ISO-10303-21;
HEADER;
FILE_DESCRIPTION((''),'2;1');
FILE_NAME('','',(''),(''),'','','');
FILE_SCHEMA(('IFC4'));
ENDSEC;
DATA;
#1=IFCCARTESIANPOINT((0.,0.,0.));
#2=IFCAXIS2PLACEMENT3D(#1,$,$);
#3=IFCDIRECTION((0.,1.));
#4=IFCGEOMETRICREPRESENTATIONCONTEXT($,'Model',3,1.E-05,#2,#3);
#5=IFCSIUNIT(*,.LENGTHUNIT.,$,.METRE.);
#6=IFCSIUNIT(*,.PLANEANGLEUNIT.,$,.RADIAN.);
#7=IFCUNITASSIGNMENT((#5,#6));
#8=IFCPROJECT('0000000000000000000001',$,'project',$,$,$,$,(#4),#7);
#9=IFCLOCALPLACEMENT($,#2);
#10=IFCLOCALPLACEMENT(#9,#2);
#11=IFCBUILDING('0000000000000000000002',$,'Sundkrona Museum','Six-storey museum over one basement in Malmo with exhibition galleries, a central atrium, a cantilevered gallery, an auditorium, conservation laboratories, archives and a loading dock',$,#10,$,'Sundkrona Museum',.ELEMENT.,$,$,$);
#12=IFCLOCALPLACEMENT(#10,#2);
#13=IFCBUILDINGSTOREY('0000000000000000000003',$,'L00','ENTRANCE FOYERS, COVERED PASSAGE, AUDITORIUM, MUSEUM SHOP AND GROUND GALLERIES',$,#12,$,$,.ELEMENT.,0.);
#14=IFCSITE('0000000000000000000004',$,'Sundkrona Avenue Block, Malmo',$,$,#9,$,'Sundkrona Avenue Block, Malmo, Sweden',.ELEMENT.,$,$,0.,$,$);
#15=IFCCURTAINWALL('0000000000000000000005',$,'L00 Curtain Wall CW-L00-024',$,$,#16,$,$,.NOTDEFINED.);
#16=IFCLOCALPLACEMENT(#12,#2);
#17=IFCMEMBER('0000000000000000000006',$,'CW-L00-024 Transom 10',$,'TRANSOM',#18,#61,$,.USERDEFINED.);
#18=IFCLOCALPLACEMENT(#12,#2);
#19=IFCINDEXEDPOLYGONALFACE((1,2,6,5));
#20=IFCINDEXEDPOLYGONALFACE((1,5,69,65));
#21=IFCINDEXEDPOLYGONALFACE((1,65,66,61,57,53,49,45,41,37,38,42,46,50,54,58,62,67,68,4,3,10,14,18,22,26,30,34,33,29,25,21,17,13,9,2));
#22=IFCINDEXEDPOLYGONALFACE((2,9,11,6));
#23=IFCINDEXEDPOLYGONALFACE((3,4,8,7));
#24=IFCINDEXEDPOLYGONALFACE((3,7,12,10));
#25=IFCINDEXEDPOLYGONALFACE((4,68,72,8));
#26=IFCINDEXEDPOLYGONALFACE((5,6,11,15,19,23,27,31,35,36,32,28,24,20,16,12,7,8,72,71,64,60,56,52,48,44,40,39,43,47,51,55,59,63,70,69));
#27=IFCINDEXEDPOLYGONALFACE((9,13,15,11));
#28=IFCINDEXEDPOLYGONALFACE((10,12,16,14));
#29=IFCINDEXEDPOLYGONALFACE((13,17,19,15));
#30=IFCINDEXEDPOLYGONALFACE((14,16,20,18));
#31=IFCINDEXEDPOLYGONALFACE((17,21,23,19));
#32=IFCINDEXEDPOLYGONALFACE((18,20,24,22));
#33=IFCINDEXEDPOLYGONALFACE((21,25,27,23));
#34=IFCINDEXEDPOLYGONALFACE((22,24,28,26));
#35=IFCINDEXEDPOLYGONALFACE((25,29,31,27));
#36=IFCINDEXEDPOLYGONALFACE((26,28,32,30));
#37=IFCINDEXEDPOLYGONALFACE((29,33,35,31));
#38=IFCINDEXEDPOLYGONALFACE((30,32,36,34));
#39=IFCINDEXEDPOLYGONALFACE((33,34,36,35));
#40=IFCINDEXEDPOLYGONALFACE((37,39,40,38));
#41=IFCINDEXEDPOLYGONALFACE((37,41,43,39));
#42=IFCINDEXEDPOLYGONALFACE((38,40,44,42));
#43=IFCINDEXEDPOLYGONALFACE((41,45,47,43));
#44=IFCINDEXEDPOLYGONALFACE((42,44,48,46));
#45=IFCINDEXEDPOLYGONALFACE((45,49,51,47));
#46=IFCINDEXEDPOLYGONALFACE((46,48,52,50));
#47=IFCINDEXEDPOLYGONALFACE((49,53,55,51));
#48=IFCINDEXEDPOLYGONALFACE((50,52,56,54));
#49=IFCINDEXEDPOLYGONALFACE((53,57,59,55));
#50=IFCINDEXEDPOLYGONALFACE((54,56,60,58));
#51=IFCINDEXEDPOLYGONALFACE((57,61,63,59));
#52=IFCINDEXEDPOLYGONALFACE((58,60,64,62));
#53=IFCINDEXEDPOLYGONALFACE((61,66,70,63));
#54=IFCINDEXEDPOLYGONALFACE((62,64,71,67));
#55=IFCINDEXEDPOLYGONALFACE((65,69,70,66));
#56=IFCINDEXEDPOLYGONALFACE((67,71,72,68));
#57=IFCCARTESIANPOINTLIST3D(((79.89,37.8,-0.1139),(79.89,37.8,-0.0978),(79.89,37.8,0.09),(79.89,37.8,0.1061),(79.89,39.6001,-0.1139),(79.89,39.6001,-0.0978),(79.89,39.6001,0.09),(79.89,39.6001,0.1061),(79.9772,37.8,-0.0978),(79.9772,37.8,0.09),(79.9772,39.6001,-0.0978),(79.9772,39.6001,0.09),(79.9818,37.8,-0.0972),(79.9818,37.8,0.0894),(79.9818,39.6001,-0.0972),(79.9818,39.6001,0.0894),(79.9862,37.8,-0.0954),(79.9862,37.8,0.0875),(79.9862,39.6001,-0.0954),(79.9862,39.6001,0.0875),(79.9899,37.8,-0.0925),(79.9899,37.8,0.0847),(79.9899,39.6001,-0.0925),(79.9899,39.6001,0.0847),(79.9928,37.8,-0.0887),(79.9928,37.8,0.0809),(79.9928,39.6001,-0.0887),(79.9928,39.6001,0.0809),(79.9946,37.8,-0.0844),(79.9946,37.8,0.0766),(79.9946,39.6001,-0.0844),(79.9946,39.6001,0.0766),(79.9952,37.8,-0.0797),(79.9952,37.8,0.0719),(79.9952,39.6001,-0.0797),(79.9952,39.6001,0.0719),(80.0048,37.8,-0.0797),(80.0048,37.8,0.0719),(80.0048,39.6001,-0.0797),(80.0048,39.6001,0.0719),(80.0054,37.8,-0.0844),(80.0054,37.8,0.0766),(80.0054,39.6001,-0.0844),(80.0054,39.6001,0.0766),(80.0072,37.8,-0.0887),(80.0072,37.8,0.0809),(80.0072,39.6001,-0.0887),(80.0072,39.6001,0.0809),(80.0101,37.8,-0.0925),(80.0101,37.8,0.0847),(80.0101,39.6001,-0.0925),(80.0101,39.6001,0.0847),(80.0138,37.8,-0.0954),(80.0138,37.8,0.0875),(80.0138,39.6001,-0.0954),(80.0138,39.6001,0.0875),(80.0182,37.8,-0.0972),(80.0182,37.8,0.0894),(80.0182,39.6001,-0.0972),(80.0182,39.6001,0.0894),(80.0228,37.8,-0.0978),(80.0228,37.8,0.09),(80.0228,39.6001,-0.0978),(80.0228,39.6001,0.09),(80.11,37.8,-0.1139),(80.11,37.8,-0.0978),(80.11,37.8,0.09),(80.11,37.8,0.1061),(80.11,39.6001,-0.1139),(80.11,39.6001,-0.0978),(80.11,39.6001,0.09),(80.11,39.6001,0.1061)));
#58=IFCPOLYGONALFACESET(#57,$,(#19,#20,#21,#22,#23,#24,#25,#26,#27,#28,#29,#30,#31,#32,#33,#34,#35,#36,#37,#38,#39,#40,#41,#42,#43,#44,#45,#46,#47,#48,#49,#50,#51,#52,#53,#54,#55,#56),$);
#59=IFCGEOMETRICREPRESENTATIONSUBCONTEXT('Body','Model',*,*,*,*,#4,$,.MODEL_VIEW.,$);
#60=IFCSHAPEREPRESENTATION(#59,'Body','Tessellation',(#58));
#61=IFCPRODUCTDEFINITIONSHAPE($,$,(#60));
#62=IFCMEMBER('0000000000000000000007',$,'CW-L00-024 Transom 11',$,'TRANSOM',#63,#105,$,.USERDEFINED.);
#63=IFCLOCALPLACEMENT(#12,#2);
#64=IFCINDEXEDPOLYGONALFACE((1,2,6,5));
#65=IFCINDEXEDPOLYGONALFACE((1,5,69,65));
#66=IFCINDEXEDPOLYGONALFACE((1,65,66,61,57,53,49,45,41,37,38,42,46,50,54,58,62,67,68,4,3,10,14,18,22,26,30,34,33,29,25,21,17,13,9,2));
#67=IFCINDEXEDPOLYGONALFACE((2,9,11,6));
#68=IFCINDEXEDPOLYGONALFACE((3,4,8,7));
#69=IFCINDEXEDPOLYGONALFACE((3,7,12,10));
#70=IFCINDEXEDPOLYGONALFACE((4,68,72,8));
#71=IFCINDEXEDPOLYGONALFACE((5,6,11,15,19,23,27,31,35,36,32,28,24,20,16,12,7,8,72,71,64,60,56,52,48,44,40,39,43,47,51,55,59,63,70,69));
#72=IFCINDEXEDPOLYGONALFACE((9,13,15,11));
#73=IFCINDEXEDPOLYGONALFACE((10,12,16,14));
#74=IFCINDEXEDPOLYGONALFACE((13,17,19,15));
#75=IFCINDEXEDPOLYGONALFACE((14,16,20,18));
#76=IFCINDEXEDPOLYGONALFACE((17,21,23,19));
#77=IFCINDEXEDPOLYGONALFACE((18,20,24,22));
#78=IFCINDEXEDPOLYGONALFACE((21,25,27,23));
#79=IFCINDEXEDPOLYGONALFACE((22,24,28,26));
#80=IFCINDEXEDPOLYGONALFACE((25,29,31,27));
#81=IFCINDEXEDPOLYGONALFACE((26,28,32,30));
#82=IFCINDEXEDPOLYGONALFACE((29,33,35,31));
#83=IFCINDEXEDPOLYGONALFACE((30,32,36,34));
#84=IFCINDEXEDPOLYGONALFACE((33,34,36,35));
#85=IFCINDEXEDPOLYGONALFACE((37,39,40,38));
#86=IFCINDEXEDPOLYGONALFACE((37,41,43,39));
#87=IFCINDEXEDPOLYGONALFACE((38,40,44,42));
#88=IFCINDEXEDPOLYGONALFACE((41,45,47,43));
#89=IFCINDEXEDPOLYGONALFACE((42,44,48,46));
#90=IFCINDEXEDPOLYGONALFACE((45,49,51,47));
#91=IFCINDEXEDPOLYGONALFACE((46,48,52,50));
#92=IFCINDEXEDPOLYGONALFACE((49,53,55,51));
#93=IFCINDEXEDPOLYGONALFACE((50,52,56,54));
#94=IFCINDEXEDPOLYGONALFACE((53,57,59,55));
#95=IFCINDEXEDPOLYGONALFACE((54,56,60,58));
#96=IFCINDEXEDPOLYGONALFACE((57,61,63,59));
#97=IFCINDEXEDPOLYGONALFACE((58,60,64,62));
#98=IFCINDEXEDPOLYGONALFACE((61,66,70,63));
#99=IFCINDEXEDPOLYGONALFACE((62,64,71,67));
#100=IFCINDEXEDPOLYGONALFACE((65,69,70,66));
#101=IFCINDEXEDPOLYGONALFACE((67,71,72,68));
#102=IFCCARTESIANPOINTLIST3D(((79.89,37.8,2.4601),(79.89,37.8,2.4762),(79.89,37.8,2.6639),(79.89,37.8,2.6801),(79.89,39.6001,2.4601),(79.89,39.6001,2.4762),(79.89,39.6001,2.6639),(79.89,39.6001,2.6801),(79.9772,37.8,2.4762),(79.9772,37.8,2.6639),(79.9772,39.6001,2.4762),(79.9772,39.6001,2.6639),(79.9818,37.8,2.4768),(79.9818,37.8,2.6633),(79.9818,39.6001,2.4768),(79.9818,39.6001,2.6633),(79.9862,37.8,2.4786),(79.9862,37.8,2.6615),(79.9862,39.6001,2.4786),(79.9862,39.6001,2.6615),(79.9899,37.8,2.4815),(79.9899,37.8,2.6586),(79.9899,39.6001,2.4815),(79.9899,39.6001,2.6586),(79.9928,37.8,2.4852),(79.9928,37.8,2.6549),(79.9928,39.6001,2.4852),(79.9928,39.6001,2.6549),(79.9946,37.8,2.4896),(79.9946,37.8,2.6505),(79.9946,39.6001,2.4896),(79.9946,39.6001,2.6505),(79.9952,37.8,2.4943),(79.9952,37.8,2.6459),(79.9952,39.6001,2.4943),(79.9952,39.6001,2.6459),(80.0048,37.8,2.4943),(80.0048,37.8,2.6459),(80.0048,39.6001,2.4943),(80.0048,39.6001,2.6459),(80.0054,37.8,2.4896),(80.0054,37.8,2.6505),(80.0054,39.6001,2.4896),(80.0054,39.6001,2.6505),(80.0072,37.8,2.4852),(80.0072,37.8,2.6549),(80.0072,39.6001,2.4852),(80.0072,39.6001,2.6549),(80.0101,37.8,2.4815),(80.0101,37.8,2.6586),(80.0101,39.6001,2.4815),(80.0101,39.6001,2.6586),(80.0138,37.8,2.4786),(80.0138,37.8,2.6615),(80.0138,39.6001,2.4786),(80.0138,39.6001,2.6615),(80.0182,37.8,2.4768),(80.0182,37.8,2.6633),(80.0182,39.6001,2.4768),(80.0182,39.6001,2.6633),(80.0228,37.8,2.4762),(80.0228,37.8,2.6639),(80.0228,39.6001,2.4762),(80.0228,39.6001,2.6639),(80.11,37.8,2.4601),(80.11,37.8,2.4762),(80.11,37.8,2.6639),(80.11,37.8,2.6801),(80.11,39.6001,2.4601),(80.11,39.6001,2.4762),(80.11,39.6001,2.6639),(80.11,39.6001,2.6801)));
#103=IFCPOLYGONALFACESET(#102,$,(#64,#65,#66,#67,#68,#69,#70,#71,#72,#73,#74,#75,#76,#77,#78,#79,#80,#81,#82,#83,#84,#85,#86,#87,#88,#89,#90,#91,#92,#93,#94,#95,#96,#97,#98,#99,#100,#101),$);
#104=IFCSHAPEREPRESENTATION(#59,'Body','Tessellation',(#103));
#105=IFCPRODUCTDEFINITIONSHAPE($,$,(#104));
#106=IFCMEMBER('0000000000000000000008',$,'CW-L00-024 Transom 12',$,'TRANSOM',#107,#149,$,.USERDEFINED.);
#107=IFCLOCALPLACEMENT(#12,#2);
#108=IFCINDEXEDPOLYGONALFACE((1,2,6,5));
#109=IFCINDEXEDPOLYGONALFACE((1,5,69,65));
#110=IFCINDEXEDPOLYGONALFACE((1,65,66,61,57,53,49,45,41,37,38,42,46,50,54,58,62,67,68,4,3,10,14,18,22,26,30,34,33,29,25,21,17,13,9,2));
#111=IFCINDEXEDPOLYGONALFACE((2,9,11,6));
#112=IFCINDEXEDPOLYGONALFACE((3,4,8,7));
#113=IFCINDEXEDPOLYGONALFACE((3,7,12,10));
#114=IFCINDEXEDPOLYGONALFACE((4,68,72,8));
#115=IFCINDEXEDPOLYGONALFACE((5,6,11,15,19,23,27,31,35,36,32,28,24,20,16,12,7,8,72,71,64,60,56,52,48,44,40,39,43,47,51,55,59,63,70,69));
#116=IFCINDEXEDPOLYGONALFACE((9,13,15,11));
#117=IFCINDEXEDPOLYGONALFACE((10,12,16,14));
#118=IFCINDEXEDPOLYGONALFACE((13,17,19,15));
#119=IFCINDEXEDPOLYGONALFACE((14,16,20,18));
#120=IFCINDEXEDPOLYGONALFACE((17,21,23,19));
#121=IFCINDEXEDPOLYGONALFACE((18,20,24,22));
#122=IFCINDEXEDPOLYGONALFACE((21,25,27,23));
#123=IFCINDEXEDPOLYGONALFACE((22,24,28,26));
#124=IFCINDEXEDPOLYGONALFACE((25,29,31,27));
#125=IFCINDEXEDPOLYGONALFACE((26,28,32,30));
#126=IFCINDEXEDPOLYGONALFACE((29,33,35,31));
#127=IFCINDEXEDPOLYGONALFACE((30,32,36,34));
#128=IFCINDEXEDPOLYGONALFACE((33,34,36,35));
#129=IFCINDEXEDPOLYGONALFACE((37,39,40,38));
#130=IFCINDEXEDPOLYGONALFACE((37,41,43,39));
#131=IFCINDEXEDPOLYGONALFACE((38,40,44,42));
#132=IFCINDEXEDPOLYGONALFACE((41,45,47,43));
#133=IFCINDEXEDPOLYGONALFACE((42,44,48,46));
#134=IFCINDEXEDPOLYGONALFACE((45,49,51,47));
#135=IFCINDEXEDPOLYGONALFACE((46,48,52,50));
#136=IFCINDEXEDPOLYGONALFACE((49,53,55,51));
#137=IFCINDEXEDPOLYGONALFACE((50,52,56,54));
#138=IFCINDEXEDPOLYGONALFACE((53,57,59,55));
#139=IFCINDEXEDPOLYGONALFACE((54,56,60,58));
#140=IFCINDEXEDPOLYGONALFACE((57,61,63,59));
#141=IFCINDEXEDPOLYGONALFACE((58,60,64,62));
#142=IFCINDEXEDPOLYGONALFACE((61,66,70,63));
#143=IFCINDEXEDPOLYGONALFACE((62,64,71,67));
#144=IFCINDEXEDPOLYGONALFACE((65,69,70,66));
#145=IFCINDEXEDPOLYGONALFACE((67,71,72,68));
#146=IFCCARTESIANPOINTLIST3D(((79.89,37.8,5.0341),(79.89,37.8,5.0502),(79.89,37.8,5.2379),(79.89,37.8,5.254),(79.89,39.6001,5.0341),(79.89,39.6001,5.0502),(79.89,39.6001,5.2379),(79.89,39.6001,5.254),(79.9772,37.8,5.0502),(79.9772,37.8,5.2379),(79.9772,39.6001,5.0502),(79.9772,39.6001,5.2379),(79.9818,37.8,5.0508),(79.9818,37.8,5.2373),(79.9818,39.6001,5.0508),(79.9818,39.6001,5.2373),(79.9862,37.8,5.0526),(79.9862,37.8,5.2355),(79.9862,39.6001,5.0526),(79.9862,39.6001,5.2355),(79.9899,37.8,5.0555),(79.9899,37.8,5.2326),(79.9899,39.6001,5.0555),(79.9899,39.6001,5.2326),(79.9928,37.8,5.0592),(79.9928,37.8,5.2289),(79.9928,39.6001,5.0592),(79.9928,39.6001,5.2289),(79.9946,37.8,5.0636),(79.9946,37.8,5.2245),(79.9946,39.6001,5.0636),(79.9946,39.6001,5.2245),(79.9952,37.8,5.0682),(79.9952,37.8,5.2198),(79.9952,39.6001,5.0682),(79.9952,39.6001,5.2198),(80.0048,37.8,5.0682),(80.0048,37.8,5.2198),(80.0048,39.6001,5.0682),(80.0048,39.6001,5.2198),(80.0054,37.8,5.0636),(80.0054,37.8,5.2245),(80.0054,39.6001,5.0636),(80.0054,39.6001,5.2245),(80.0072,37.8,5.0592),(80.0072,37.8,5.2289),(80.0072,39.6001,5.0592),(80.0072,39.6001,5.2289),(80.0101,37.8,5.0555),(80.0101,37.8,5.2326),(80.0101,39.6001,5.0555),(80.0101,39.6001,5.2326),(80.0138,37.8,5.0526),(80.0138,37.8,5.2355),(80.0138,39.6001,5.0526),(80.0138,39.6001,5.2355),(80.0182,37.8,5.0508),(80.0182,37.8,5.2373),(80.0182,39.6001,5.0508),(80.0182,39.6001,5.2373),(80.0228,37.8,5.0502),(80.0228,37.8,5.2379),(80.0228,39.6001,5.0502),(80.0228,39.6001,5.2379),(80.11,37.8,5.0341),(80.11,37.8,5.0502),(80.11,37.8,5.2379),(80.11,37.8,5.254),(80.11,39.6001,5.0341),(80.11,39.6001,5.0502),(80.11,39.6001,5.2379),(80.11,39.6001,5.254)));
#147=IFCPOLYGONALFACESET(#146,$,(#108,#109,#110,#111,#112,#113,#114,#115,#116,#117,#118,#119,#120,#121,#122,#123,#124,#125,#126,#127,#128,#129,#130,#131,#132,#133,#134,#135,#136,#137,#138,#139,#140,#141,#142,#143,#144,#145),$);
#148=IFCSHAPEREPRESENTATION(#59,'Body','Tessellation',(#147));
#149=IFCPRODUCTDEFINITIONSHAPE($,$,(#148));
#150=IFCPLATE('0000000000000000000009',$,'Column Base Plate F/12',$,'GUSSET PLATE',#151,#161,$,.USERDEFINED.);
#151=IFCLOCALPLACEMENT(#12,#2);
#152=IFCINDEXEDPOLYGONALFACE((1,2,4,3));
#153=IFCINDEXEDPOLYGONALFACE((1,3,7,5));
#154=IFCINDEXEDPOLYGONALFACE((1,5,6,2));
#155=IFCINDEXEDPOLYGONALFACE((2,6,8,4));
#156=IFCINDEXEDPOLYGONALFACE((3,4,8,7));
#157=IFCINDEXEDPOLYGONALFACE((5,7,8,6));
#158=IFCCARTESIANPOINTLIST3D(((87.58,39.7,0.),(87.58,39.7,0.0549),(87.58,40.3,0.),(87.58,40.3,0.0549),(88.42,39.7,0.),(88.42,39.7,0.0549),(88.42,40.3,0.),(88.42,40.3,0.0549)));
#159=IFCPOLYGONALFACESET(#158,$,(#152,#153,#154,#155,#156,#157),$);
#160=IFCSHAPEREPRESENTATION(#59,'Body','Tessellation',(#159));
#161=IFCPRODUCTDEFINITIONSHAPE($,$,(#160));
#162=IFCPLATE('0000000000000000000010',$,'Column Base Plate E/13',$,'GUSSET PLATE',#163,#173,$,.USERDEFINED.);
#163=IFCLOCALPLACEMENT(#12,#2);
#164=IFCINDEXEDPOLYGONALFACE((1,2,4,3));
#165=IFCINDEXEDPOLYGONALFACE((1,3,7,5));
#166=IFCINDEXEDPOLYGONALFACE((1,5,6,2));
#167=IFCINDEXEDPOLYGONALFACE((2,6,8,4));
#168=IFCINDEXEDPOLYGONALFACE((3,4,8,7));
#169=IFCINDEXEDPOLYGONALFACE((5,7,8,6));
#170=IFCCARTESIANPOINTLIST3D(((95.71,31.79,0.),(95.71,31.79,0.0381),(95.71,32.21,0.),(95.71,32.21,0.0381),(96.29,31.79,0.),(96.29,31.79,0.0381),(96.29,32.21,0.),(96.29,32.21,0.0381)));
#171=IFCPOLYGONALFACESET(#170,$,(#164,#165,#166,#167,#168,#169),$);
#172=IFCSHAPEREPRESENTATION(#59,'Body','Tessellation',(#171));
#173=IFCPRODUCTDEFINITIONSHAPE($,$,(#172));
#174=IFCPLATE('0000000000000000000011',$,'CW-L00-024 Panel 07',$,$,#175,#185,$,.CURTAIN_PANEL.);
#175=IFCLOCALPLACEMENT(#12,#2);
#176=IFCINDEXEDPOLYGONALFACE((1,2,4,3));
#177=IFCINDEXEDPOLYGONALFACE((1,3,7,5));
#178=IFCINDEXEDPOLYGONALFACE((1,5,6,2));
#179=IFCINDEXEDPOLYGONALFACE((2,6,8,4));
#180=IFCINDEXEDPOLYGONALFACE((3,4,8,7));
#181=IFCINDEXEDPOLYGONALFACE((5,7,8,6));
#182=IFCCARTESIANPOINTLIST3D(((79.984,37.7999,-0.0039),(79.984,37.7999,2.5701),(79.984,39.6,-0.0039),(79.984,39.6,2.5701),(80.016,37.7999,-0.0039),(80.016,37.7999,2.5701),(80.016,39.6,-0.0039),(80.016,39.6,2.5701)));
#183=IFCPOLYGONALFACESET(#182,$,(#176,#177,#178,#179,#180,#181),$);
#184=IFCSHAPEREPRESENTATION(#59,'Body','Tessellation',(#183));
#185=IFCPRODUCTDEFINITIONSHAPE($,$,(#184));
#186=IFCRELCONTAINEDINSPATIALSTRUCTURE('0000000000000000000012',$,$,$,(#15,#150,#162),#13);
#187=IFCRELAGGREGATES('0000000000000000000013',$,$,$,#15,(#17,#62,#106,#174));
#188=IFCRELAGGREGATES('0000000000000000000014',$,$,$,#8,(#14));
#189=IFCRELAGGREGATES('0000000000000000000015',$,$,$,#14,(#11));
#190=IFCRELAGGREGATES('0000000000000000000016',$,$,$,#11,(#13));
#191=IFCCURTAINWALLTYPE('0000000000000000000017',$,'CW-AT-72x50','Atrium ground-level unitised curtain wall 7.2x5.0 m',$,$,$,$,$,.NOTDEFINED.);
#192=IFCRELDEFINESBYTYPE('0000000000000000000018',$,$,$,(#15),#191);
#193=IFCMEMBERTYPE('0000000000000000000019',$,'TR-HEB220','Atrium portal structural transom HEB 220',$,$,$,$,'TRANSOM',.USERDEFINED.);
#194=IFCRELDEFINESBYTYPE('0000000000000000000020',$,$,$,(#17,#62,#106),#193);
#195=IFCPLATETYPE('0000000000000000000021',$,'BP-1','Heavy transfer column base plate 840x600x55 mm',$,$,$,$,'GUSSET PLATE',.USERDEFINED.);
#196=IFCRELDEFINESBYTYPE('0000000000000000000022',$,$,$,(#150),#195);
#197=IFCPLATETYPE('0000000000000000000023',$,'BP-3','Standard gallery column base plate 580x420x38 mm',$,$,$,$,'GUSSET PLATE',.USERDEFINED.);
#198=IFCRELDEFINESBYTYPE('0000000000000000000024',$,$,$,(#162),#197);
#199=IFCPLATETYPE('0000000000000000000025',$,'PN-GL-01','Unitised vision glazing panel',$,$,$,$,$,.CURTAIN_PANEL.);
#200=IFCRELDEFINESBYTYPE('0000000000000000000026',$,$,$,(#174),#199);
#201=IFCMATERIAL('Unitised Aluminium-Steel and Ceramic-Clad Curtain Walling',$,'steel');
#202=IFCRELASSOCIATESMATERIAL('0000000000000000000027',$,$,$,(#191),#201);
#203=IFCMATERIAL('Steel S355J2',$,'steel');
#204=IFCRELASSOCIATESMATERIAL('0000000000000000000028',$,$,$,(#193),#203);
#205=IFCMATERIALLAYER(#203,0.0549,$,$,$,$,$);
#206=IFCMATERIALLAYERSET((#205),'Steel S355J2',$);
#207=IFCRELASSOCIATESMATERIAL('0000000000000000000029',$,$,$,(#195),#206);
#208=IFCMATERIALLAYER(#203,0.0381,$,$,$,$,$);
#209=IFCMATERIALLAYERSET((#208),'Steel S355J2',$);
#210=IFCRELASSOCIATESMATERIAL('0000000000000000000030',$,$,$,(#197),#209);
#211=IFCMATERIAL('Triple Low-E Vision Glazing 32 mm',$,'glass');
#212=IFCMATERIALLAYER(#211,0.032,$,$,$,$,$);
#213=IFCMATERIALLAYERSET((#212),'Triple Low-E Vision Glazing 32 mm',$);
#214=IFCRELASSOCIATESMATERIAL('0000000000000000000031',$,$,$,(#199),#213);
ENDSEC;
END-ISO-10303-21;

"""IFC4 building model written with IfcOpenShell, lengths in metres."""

from ifc_helpers import new_model, si_unit, direction, frame, origin, origin_2d, place, context, subcontext, project, spatial, rectangle, i_section, extrude, material, layer, layer_set, material_profile, profile_set, type_object, element, aggregate, save


model = new_model("IFC4")

# Units and contexts
model_context = context("Model", 3, precision=1e-05, world=origin(), true_north=direction((0.0, 1.0)))
body_context = subcontext(model_context, "Body", "Model", "MODEL_VIEW")
ifc_project = project(units=[si_unit("LENGTHUNIT", "METRE"), si_unit("PLANEANGLEUNIT", "RADIAN")], contexts=[model_context])

# Site, building, storey
site_placement = place(None, origin())
site = spatial("IfcSite", under=ifc_project, at=site_placement, Name="Sundkrona Avenue Block, Malmo", LongName="Sundkrona Avenue Block, Malmo, Sweden", CompositionType="ELEMENT", RefElevation=0.0)
building_placement = place(site_placement, origin())
building = spatial("IfcBuilding", under=site, at=building_placement, Name="Sundkrona Museum", Description="Six-storey museum over one basement in Malmo with exhibition galleries, a central atrium, a cantilevered gallery, an auditorium, conservation laboratories, archives and a loading dock", LongName="Sundkrona Museum", CompositionType="ELEMENT")
storey_placement = place(building_placement, origin())
storey = spatial("IfcBuildingStorey", under=building, at=storey_placement, Name="L00", Description="ENTRANCE FOYERS, COVERED PASSAGE, AUDITORIUM, MUSEUM SHOP AND GROUND GALLERIES", CompositionType="ELEMENT", Elevation=0.0)

# Shared definitions
ifc_material_1 = material(Name="Steel S355J2", Category="steel")

# Curtain wall
ifc_material_2 = material(Name="Unitised Aluminium-Steel and Ceramic-Clad Curtain Walling", Category="steel")
curtain_wall_type = type_object("IfcCurtainWallType", Name="CW-AT-72x50", Description="Atrium ground-level unitised curtain wall 7.2x5.0 m", PredefinedType="NOTDEFINED", material=ifc_material_2)
curtain_wall_placement = place(storey_placement, origin())
curtain_wall = element("IfcCurtainWall", 1, at=curtain_wall_placement, inside=storey, type_object=curtain_wall_type, Name="L00 Curtain Wall CW-L00-024", PredefinedType="NOTDEFINED")

# Members
ifc_material_profile_1 = material_profile(ifc_material_1, i_section(OverallWidth=0.22, OverallDepth=0.22, WebThickness=0.0095, FlangeThickness=0.0161, FilletRadius=0.0181, at=origin_2d()), Name="HEB 220")
ifc_profile_set_1 = profile_set([ifc_material_profile_1], Name="Steel S355J2")
member_type_1 = type_object("IfcMemberType", Name="TR-HEB220", Description="Atrium portal structural transom HEB 220", ElementType="TRANSOM", PredefinedType="USERDEFINED", material=ifc_profile_set_1)
member_1_placement = place(storey_placement, frame((80.0, 37.8, -0.0039), z_axis=(0.0, 1.0, 0.0), x_axis=(-1.0, 0.0, 0.0)))
member_1 = element("IfcMember", 2, at=member_1_placement, type_object=member_type_1, Name="CW-L00-024 Transom 10", ObjectType="TRANSOM", PredefinedType="USERDEFINED", context=body_context, shape_type="SweptSolid", body=[
    extrude(i_section(OverallWidth=0.22, OverallDepth=0.22, WebThickness=0.0095, FlangeThickness=0.0161, FilletRadius=0.0181, at=origin_2d()), origin(), (0.0, 0.0, 1.0), 1.8),
])
member_2_placement = place(storey_placement, frame((80.0, 37.8, 2.5701), z_axis=(0.0, 1.0, 0.0), x_axis=(-1.0, 0.0, 0.0)))
member_2 = element("IfcMember", 3, at=member_2_placement, type_object=member_type_1, Name="CW-L00-024 Transom 11", ObjectType="TRANSOM", PredefinedType="USERDEFINED", context=body_context, shape_type="SweptSolid", body=[
    extrude(i_section(OverallWidth=0.22, OverallDepth=0.22, WebThickness=0.0095, FlangeThickness=0.0161, FilletRadius=0.0181, at=origin_2d()), origin(), (0.0, 0.0, 1.0), 1.8),
])
member_3_placement = place(storey_placement, frame((80.0, 37.8, 5.144), z_axis=(0.0, 1.0, 0.0), x_axis=(-1.0, 0.0, 0.0)))
member_3 = element("IfcMember", 4, at=member_3_placement, type_object=member_type_1, Name="CW-L00-024 Transom 12", ObjectType="TRANSOM", PredefinedType="USERDEFINED", context=body_context, shape_type="SweptSolid", body=[
    extrude(i_section(OverallWidth=0.22, OverallDepth=0.22, WebThickness=0.0095, FlangeThickness=0.0161, FilletRadius=0.0181, at=origin_2d()), origin(), (0.0, 0.0, 1.0), 1.8),
])

# Plates
ifc_layer_1 = layer(ifc_material_1, 0.0549)
ifc_layer_set_1 = layer_set([ifc_layer_1], Name="Steel S355J2")
plate_type_1 = type_object("IfcPlateType", Name="BP-1", Description="Heavy transfer column base plate 840x600x55 mm", ElementType="GUSSET PLATE", PredefinedType="USERDEFINED", material=ifc_layer_set_1)
plate_1_placement = place(storey_placement, frame((88.0, 40.0, 0.0), z_axis=(0.0, 0.0, 1.0), x_axis=(1.0, 0.0, 0.0)))
element("IfcPlate", 5, at=plate_1_placement, inside=storey, type_object=plate_type_1, Name="Column Base Plate F/12", ObjectType="GUSSET PLATE", PredefinedType="USERDEFINED", context=body_context, shape_type="SweptSolid", body=[
    extrude(rectangle(XDim=0.8401, YDim=0.6001, at=origin_2d()), origin(), (0.0, 0.0, 1.0), 0.0549),
])
ifc_layer_2 = layer(ifc_material_1, 0.0381)
ifc_layer_set_2 = layer_set([ifc_layer_2], Name="Steel S355J2")
plate_type_2 = type_object("IfcPlateType", Name="BP-3", Description="Standard gallery column base plate 580x420x38 mm", ElementType="GUSSET PLATE", PredefinedType="USERDEFINED", material=ifc_layer_set_2)
plate_2_placement = place(storey_placement, frame((96.0, 32.0, 0.0), z_axis=(0.0, 0.0, 1.0), x_axis=(1.0, 0.0, 0.0)))
element("IfcPlate", 6, at=plate_2_placement, inside=storey, type_object=plate_type_2, Name="Column Base Plate E/13", ObjectType="GUSSET PLATE", PredefinedType="USERDEFINED", context=body_context, shape_type="SweptSolid", body=[
    extrude(rectangle(XDim=0.5801, YDim=0.4199, at=origin_2d()), origin(), (0.0, 0.0, 1.0), 0.0381),
])

# Plate
ifc_material_3 = material(Name="Triple Low-E Vision Glazing 32 mm", Category="glass")
ifc_layer_3 = layer(ifc_material_3, 0.032)
ifc_layer_set_3 = layer_set([ifc_layer_3], Name="Triple Low-E Vision Glazing 32 mm")
plate_type_3 = type_object("IfcPlateType", Name="PN-GL-01", Description="Unitised vision glazing panel", PredefinedType="CURTAIN_PANEL", material=ifc_layer_set_3)
plate_3_placement = place(storey_placement, frame((80.0, 38.7, -0.0039), z_axis=(0.0, 0.0, 1.0), x_axis=(0.0, 1.0, 0.0)))
plate_3 = element("IfcPlate", 7, at=plate_3_placement, type_object=plate_type_3, Name="CW-L00-024 Panel 07", PredefinedType="CURTAIN_PANEL", context=body_context, shape_type="SweptSolid", body=[
    extrude(rectangle(XDim=1.8, YDim=0.032, at=origin_2d()), origin(), (0.0, 0.0, 1.0), 2.574),
])
aggregate(curtain_wall, [member_1, member_2, member_3, plate_3])

save(model, "model.ifc")
